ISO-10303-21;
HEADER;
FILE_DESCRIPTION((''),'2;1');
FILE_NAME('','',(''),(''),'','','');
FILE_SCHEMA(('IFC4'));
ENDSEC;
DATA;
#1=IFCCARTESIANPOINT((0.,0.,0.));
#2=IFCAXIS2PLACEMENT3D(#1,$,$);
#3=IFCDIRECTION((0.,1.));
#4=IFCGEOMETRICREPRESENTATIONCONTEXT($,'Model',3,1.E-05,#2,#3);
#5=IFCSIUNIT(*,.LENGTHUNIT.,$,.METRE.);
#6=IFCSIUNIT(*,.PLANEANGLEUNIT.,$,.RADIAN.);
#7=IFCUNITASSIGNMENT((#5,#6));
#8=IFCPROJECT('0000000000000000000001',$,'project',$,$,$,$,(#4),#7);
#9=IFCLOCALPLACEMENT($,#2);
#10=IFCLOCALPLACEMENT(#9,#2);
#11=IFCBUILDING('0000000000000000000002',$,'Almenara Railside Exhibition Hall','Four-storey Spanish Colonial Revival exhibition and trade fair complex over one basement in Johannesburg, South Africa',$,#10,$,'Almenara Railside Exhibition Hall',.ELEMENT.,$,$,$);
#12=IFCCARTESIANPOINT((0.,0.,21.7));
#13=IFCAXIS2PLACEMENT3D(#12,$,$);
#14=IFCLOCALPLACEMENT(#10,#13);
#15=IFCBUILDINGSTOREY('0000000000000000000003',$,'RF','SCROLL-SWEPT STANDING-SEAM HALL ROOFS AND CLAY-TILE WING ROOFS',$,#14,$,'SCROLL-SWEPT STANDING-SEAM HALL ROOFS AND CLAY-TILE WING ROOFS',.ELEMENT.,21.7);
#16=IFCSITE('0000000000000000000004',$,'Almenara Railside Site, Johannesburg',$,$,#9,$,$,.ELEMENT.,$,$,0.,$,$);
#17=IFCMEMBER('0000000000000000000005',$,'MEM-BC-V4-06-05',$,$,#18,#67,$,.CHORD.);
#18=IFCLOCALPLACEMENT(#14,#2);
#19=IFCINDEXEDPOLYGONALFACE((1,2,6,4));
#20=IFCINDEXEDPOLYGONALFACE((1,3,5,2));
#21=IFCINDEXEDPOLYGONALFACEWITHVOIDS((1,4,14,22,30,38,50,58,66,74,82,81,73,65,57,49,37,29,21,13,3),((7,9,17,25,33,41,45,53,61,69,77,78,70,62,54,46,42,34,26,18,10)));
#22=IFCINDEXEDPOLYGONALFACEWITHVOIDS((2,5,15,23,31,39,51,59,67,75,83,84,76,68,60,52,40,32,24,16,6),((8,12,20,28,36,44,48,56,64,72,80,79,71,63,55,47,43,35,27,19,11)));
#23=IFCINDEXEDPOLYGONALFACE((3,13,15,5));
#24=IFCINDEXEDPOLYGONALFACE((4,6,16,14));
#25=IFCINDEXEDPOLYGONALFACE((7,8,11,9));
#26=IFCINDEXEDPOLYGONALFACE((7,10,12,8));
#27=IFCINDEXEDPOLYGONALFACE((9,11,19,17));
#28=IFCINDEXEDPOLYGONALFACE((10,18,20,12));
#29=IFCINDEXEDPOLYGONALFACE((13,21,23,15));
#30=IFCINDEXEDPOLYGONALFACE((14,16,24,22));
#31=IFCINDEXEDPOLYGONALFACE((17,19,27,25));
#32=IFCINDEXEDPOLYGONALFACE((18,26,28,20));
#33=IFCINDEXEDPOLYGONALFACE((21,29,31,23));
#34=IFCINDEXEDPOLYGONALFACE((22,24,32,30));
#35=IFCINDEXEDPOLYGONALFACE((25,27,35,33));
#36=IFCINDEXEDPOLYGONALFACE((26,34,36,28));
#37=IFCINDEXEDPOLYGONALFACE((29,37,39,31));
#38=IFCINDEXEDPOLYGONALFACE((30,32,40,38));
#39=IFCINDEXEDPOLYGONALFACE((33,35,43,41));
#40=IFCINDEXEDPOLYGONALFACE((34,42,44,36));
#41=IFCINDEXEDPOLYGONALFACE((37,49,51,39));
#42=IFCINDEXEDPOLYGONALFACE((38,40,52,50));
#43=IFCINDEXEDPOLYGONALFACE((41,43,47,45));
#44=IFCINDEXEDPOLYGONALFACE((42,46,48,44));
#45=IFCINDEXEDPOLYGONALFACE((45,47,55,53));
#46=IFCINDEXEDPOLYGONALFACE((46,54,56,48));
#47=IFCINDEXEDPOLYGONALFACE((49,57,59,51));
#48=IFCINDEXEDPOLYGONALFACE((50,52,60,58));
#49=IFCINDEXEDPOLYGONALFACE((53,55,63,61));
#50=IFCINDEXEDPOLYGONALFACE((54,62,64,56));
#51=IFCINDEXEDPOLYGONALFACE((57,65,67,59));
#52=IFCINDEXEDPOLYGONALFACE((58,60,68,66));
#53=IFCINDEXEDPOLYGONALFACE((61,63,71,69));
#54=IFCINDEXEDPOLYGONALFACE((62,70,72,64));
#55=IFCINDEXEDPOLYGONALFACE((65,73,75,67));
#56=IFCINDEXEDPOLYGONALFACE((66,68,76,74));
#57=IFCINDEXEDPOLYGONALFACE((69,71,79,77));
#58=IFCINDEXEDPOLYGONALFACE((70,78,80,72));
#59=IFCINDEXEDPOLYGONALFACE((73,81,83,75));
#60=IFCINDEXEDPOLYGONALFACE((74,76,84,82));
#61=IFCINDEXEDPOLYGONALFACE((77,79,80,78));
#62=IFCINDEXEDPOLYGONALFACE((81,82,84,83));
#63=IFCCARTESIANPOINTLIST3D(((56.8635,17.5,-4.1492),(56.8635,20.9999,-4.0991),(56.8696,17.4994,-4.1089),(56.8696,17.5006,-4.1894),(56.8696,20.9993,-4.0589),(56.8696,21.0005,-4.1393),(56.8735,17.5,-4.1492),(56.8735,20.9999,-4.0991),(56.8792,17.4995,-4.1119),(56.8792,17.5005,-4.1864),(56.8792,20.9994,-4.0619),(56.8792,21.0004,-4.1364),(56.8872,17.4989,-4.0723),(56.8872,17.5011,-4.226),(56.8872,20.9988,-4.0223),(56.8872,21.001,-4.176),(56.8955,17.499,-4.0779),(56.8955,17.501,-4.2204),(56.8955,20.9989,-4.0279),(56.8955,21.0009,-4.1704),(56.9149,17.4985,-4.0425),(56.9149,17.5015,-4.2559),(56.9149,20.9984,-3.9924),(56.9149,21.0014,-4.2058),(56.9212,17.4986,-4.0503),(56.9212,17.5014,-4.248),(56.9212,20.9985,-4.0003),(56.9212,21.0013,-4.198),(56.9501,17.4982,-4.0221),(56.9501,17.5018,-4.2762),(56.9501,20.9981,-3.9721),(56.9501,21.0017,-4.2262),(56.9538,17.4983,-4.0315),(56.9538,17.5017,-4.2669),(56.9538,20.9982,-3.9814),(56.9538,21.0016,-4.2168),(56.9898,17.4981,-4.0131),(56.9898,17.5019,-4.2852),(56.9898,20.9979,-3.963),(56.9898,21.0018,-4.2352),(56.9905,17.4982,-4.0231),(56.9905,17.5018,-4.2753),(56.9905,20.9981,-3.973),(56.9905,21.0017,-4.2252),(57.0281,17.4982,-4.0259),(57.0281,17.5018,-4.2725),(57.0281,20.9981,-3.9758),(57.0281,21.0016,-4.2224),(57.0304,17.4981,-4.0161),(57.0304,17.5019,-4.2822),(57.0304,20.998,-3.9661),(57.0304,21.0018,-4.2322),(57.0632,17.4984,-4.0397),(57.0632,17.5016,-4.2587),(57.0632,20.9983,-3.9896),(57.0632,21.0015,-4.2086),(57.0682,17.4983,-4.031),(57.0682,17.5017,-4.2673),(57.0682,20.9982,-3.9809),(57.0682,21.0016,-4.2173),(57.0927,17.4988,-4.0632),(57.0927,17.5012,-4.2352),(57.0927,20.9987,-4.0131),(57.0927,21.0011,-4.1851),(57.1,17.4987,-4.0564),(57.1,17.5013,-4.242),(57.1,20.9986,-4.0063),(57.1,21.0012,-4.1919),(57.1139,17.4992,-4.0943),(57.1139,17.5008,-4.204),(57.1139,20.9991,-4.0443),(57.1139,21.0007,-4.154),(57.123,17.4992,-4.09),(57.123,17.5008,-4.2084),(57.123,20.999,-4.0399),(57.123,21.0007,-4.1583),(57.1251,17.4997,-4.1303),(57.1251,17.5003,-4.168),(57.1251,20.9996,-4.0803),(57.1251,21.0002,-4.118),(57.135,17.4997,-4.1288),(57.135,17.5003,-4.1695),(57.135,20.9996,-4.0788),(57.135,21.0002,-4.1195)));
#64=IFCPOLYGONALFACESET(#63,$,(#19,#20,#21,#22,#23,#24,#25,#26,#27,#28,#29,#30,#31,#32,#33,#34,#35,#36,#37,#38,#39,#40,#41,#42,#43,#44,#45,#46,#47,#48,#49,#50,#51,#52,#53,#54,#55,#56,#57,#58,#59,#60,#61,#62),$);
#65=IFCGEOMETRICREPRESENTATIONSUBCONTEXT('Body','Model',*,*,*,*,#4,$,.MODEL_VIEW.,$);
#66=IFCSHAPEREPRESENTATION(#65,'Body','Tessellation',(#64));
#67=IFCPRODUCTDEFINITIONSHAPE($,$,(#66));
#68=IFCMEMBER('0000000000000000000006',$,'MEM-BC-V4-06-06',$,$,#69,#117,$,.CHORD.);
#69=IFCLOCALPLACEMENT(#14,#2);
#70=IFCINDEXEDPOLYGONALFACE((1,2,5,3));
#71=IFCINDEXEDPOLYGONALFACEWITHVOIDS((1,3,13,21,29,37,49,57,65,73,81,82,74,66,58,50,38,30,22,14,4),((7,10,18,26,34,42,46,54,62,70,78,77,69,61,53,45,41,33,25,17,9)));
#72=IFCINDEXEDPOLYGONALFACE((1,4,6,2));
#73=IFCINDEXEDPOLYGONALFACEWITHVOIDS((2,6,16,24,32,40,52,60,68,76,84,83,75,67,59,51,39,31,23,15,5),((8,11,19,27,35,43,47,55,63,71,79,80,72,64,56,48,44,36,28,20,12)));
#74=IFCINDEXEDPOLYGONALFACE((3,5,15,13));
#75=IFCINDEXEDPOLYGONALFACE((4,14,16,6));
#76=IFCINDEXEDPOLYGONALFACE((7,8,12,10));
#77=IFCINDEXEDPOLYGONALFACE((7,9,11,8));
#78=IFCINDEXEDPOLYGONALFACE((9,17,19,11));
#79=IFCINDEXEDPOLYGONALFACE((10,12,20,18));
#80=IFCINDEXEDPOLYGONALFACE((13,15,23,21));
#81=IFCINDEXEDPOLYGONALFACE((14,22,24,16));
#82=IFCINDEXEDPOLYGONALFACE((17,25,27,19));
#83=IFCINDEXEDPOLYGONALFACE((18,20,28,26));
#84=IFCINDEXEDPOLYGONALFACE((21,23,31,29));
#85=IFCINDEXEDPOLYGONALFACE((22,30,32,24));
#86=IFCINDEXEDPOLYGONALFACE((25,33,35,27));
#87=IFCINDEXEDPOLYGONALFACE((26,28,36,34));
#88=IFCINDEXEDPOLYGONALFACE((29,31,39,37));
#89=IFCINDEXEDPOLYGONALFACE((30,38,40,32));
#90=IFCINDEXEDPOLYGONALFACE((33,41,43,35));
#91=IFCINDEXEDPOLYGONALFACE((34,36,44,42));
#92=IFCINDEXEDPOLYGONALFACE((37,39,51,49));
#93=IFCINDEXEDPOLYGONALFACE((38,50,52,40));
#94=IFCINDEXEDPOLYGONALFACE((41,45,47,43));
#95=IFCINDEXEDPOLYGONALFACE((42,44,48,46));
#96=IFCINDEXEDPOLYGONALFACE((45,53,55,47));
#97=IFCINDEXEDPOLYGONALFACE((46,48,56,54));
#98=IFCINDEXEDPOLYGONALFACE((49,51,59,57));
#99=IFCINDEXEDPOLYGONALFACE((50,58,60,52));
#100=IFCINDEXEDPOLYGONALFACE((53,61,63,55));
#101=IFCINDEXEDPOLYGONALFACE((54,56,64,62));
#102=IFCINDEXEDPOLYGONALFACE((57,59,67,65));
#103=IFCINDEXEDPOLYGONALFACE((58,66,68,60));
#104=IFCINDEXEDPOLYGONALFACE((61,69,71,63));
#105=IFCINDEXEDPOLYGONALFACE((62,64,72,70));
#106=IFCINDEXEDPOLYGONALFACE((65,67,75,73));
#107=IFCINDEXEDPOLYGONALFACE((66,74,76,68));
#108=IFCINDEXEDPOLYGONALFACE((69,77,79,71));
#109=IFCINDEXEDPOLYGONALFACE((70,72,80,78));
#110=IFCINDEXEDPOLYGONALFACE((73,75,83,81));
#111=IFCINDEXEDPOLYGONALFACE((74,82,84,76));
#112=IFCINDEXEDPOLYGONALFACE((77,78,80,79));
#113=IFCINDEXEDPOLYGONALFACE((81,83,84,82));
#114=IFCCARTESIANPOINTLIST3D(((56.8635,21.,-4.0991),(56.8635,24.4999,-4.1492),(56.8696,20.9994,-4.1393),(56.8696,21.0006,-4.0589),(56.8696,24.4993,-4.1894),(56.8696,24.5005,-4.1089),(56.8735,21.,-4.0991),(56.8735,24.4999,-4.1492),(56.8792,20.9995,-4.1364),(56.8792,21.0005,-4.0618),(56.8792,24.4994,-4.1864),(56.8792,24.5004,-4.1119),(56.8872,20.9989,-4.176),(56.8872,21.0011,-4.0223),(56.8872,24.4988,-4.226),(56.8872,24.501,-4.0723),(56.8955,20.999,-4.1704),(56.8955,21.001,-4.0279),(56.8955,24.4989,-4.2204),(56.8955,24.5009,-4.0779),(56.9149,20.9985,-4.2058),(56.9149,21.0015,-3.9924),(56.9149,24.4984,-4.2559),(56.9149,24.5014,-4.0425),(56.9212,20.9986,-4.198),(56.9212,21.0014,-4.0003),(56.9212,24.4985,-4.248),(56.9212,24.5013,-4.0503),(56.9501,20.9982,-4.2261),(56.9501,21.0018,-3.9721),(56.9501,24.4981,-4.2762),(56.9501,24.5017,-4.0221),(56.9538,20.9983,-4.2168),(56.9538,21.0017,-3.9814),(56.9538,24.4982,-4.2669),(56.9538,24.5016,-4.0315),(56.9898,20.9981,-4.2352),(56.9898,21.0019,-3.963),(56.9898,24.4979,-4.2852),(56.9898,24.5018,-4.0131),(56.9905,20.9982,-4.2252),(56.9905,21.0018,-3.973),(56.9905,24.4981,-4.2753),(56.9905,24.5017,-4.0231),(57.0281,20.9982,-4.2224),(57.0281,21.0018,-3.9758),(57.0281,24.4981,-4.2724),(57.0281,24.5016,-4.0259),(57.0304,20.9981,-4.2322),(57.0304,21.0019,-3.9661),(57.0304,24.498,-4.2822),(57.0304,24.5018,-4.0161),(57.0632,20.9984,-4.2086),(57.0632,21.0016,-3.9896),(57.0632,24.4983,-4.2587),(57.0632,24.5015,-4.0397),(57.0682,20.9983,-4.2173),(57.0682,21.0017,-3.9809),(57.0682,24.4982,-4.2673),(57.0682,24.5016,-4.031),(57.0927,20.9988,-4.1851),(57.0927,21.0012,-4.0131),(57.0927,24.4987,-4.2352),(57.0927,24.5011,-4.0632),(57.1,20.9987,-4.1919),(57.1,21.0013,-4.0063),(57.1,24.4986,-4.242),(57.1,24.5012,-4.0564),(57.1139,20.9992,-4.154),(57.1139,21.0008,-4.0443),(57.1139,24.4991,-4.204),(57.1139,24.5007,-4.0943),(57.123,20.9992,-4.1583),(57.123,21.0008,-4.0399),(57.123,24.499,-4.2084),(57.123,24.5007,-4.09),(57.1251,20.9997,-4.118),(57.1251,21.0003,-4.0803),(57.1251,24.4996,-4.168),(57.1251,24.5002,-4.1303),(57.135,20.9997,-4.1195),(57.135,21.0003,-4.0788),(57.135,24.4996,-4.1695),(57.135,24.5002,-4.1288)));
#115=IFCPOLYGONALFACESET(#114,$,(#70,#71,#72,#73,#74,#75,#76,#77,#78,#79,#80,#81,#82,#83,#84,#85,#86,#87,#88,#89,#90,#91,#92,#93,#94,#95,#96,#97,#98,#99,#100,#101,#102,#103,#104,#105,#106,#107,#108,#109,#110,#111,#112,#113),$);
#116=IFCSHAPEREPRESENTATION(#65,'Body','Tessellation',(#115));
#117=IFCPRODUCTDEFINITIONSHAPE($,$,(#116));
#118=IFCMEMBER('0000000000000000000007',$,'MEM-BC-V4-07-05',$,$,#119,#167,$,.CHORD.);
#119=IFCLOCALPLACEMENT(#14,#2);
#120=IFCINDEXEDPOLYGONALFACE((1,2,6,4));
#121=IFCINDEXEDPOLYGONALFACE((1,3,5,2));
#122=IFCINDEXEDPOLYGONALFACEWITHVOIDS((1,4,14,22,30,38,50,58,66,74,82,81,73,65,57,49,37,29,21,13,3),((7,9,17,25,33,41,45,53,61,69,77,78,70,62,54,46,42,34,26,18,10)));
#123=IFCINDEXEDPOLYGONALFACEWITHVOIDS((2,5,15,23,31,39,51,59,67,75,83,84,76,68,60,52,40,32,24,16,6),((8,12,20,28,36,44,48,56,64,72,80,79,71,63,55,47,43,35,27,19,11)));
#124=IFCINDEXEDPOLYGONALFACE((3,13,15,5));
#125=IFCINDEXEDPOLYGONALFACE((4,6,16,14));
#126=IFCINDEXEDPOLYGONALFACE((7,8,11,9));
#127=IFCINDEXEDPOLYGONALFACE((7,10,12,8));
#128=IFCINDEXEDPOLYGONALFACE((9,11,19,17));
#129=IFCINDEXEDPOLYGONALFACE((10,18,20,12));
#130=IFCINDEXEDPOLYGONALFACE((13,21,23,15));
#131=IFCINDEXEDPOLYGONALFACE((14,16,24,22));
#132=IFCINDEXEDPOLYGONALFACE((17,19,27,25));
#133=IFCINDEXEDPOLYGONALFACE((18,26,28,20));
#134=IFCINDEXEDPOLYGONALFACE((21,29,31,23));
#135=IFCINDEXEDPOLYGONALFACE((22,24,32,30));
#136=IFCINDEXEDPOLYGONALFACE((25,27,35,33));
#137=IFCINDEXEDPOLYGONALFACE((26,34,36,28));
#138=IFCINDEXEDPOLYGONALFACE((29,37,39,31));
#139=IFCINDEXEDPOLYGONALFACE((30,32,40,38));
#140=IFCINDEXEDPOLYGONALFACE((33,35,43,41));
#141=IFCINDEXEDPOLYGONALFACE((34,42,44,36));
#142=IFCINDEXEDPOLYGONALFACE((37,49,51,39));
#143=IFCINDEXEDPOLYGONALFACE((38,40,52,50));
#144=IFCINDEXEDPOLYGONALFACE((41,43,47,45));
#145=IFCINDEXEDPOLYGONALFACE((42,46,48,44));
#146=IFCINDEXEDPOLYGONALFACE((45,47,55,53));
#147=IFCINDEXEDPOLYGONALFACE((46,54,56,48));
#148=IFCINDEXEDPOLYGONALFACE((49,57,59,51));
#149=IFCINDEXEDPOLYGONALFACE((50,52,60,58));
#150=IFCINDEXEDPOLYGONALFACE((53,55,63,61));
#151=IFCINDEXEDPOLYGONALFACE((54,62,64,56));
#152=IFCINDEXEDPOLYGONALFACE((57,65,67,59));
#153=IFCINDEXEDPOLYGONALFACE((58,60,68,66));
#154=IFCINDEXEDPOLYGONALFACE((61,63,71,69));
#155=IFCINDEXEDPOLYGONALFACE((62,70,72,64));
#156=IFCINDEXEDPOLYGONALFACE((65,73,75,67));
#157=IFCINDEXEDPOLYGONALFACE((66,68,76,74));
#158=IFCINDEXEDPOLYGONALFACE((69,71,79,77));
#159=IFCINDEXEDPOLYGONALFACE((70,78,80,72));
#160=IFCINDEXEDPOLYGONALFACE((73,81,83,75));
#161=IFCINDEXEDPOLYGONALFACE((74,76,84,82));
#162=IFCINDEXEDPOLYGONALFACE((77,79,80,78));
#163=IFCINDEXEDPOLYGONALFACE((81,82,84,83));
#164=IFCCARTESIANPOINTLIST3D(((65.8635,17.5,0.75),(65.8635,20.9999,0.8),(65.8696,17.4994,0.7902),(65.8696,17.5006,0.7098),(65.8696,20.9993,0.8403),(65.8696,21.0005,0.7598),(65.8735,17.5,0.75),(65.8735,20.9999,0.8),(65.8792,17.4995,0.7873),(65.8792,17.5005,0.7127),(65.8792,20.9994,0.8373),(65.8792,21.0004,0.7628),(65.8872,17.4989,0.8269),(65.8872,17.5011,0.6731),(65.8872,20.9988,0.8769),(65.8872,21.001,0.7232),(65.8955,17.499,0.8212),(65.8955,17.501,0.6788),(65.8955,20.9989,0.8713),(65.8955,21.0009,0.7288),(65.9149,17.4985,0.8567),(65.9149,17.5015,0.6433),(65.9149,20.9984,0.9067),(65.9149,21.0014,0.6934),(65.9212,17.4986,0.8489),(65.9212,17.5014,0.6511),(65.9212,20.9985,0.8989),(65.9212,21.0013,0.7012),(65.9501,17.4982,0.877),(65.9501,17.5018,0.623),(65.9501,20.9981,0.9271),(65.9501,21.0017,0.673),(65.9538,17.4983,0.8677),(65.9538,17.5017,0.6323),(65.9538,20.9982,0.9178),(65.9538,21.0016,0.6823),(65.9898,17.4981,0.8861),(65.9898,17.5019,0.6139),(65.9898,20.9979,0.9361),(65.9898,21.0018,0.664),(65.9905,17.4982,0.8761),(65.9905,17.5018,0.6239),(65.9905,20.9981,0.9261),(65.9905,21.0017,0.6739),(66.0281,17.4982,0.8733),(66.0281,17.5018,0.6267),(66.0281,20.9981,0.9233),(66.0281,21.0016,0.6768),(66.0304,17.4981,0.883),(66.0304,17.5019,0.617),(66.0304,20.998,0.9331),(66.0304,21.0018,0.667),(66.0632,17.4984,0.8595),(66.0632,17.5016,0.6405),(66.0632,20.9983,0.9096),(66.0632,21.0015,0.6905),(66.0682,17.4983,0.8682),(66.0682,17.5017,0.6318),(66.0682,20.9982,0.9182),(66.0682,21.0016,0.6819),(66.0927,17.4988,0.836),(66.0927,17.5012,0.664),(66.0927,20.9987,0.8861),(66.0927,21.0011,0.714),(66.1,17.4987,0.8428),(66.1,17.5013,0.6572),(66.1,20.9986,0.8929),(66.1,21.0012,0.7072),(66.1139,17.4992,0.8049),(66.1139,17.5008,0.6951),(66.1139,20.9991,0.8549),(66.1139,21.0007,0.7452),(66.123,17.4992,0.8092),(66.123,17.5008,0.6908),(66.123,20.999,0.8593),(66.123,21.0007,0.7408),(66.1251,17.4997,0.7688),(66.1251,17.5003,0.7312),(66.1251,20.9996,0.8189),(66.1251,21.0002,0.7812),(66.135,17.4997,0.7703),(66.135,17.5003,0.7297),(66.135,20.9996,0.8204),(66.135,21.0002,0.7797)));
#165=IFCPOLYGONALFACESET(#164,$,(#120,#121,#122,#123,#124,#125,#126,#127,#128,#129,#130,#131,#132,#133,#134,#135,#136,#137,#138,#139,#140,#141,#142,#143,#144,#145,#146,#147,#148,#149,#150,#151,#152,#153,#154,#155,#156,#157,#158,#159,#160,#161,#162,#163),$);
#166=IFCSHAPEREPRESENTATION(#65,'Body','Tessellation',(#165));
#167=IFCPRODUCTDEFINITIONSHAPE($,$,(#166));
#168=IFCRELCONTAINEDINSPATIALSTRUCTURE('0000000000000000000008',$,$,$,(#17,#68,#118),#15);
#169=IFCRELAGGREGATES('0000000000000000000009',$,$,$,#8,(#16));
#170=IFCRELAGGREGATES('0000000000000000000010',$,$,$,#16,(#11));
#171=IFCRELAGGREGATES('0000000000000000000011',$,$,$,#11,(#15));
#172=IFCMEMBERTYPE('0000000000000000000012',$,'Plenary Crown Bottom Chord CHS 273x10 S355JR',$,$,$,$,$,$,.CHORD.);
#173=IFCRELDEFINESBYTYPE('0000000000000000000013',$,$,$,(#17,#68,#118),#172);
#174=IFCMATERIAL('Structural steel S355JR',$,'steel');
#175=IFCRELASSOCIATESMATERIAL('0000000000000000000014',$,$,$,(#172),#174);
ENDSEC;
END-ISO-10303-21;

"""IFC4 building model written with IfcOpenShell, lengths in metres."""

from ifc_helpers import new_model, si_unit, direction, frame, origin, origin_2d, place, context, subcontext, project, spatial, hollow_circle, extrude, material, material_profile, profile_set, type_object, element, save


model = new_model("IFC4")

# Units and contexts
model_context = context("Model", 3, precision=1e-05, world=origin(), true_north=direction((0.0, 1.0)))
body_context = subcontext(model_context, "Body", "Model", "MODEL_VIEW")
ifc_project = project(units=[si_unit("LENGTHUNIT", "METRE"), si_unit("PLANEANGLEUNIT", "RADIAN")], contexts=[model_context])

# Site, building, storey
site_placement = place(None, origin())
site = spatial("IfcSite", under=ifc_project, at=site_placement, Name="Almenara Railside Site, Johannesburg", CompositionType="ELEMENT", RefElevation=0.0)
building_placement = place(site_placement, origin())
building = spatial("IfcBuilding", under=site, at=building_placement, Name="Almenara Railside Exhibition Hall", Description="Four-storey Spanish Colonial Revival exhibition and trade fair complex over one basement in Johannesburg, South Africa", LongName="Almenara Railside Exhibition Hall", CompositionType="ELEMENT")
storey_placement = place(building_placement, frame((0.0, 0.0, 21.7)))
storey = spatial("IfcBuildingStorey", under=building, at=storey_placement, Name="RF", Description="SCROLL-SWEPT STANDING-SEAM HALL ROOFS AND CLAY-TILE WING ROOFS", LongName="SCROLL-SWEPT STANDING-SEAM HALL ROOFS AND CLAY-TILE WING ROOFS", CompositionType="ELEMENT", Elevation=21.7)

# Members
ifc_material_1 = material(Name="Structural steel S355JR", Category="steel")
ifc_material_profile_1 = material_profile(ifc_material_1, hollow_circle(Radius=0.1365, WallThickness=0.01, at=origin_2d()), Name="CHS 273x10")
ifc_profile_set_1 = profile_set([ifc_material_profile_1], Name="Structural steel S355JR")
member_type_1 = type_object("IfcMemberType", Name="Plenary Crown Bottom Chord CHS 273x10 S355JR", PredefinedType="CHORD", material=ifc_profile_set_1)
for number, where, z_axis, x_axis, name in (
    (1, (57.0, 17.5, -4.1492), (0.0, 0.999898, 0.014298), (-1.0, 0.0, 0.0), "MEM-BC-V4-06-05"),
    (2, (57.0, 21.0, -4.0991), (0.0, 0.999898, -0.014298), (-1.0, 0.0, 0.0), "MEM-BC-V4-06-06"),
    (3, (66.0, 17.5, 0.75), (0.0, 0.999898, 0.014298), (-1.0, 0.0, 0.0), "MEM-BC-V4-07-05"),
):
    element("IfcMember", number, at=place(storey_placement, frame(where, z_axis=z_axis, x_axis=x_axis)), inside=storey, type_object=member_type_1, Name=name, PredefinedType="CHORD", context=body_context, shape_type="SweptSolid", body=[
        extrude(hollow_circle(Radius=0.1365, WallThickness=0.01, at=origin_2d()), origin(), (0.0, 0.0, 1.0), 3.5002),
    ])

save(model, "model.ifc")
